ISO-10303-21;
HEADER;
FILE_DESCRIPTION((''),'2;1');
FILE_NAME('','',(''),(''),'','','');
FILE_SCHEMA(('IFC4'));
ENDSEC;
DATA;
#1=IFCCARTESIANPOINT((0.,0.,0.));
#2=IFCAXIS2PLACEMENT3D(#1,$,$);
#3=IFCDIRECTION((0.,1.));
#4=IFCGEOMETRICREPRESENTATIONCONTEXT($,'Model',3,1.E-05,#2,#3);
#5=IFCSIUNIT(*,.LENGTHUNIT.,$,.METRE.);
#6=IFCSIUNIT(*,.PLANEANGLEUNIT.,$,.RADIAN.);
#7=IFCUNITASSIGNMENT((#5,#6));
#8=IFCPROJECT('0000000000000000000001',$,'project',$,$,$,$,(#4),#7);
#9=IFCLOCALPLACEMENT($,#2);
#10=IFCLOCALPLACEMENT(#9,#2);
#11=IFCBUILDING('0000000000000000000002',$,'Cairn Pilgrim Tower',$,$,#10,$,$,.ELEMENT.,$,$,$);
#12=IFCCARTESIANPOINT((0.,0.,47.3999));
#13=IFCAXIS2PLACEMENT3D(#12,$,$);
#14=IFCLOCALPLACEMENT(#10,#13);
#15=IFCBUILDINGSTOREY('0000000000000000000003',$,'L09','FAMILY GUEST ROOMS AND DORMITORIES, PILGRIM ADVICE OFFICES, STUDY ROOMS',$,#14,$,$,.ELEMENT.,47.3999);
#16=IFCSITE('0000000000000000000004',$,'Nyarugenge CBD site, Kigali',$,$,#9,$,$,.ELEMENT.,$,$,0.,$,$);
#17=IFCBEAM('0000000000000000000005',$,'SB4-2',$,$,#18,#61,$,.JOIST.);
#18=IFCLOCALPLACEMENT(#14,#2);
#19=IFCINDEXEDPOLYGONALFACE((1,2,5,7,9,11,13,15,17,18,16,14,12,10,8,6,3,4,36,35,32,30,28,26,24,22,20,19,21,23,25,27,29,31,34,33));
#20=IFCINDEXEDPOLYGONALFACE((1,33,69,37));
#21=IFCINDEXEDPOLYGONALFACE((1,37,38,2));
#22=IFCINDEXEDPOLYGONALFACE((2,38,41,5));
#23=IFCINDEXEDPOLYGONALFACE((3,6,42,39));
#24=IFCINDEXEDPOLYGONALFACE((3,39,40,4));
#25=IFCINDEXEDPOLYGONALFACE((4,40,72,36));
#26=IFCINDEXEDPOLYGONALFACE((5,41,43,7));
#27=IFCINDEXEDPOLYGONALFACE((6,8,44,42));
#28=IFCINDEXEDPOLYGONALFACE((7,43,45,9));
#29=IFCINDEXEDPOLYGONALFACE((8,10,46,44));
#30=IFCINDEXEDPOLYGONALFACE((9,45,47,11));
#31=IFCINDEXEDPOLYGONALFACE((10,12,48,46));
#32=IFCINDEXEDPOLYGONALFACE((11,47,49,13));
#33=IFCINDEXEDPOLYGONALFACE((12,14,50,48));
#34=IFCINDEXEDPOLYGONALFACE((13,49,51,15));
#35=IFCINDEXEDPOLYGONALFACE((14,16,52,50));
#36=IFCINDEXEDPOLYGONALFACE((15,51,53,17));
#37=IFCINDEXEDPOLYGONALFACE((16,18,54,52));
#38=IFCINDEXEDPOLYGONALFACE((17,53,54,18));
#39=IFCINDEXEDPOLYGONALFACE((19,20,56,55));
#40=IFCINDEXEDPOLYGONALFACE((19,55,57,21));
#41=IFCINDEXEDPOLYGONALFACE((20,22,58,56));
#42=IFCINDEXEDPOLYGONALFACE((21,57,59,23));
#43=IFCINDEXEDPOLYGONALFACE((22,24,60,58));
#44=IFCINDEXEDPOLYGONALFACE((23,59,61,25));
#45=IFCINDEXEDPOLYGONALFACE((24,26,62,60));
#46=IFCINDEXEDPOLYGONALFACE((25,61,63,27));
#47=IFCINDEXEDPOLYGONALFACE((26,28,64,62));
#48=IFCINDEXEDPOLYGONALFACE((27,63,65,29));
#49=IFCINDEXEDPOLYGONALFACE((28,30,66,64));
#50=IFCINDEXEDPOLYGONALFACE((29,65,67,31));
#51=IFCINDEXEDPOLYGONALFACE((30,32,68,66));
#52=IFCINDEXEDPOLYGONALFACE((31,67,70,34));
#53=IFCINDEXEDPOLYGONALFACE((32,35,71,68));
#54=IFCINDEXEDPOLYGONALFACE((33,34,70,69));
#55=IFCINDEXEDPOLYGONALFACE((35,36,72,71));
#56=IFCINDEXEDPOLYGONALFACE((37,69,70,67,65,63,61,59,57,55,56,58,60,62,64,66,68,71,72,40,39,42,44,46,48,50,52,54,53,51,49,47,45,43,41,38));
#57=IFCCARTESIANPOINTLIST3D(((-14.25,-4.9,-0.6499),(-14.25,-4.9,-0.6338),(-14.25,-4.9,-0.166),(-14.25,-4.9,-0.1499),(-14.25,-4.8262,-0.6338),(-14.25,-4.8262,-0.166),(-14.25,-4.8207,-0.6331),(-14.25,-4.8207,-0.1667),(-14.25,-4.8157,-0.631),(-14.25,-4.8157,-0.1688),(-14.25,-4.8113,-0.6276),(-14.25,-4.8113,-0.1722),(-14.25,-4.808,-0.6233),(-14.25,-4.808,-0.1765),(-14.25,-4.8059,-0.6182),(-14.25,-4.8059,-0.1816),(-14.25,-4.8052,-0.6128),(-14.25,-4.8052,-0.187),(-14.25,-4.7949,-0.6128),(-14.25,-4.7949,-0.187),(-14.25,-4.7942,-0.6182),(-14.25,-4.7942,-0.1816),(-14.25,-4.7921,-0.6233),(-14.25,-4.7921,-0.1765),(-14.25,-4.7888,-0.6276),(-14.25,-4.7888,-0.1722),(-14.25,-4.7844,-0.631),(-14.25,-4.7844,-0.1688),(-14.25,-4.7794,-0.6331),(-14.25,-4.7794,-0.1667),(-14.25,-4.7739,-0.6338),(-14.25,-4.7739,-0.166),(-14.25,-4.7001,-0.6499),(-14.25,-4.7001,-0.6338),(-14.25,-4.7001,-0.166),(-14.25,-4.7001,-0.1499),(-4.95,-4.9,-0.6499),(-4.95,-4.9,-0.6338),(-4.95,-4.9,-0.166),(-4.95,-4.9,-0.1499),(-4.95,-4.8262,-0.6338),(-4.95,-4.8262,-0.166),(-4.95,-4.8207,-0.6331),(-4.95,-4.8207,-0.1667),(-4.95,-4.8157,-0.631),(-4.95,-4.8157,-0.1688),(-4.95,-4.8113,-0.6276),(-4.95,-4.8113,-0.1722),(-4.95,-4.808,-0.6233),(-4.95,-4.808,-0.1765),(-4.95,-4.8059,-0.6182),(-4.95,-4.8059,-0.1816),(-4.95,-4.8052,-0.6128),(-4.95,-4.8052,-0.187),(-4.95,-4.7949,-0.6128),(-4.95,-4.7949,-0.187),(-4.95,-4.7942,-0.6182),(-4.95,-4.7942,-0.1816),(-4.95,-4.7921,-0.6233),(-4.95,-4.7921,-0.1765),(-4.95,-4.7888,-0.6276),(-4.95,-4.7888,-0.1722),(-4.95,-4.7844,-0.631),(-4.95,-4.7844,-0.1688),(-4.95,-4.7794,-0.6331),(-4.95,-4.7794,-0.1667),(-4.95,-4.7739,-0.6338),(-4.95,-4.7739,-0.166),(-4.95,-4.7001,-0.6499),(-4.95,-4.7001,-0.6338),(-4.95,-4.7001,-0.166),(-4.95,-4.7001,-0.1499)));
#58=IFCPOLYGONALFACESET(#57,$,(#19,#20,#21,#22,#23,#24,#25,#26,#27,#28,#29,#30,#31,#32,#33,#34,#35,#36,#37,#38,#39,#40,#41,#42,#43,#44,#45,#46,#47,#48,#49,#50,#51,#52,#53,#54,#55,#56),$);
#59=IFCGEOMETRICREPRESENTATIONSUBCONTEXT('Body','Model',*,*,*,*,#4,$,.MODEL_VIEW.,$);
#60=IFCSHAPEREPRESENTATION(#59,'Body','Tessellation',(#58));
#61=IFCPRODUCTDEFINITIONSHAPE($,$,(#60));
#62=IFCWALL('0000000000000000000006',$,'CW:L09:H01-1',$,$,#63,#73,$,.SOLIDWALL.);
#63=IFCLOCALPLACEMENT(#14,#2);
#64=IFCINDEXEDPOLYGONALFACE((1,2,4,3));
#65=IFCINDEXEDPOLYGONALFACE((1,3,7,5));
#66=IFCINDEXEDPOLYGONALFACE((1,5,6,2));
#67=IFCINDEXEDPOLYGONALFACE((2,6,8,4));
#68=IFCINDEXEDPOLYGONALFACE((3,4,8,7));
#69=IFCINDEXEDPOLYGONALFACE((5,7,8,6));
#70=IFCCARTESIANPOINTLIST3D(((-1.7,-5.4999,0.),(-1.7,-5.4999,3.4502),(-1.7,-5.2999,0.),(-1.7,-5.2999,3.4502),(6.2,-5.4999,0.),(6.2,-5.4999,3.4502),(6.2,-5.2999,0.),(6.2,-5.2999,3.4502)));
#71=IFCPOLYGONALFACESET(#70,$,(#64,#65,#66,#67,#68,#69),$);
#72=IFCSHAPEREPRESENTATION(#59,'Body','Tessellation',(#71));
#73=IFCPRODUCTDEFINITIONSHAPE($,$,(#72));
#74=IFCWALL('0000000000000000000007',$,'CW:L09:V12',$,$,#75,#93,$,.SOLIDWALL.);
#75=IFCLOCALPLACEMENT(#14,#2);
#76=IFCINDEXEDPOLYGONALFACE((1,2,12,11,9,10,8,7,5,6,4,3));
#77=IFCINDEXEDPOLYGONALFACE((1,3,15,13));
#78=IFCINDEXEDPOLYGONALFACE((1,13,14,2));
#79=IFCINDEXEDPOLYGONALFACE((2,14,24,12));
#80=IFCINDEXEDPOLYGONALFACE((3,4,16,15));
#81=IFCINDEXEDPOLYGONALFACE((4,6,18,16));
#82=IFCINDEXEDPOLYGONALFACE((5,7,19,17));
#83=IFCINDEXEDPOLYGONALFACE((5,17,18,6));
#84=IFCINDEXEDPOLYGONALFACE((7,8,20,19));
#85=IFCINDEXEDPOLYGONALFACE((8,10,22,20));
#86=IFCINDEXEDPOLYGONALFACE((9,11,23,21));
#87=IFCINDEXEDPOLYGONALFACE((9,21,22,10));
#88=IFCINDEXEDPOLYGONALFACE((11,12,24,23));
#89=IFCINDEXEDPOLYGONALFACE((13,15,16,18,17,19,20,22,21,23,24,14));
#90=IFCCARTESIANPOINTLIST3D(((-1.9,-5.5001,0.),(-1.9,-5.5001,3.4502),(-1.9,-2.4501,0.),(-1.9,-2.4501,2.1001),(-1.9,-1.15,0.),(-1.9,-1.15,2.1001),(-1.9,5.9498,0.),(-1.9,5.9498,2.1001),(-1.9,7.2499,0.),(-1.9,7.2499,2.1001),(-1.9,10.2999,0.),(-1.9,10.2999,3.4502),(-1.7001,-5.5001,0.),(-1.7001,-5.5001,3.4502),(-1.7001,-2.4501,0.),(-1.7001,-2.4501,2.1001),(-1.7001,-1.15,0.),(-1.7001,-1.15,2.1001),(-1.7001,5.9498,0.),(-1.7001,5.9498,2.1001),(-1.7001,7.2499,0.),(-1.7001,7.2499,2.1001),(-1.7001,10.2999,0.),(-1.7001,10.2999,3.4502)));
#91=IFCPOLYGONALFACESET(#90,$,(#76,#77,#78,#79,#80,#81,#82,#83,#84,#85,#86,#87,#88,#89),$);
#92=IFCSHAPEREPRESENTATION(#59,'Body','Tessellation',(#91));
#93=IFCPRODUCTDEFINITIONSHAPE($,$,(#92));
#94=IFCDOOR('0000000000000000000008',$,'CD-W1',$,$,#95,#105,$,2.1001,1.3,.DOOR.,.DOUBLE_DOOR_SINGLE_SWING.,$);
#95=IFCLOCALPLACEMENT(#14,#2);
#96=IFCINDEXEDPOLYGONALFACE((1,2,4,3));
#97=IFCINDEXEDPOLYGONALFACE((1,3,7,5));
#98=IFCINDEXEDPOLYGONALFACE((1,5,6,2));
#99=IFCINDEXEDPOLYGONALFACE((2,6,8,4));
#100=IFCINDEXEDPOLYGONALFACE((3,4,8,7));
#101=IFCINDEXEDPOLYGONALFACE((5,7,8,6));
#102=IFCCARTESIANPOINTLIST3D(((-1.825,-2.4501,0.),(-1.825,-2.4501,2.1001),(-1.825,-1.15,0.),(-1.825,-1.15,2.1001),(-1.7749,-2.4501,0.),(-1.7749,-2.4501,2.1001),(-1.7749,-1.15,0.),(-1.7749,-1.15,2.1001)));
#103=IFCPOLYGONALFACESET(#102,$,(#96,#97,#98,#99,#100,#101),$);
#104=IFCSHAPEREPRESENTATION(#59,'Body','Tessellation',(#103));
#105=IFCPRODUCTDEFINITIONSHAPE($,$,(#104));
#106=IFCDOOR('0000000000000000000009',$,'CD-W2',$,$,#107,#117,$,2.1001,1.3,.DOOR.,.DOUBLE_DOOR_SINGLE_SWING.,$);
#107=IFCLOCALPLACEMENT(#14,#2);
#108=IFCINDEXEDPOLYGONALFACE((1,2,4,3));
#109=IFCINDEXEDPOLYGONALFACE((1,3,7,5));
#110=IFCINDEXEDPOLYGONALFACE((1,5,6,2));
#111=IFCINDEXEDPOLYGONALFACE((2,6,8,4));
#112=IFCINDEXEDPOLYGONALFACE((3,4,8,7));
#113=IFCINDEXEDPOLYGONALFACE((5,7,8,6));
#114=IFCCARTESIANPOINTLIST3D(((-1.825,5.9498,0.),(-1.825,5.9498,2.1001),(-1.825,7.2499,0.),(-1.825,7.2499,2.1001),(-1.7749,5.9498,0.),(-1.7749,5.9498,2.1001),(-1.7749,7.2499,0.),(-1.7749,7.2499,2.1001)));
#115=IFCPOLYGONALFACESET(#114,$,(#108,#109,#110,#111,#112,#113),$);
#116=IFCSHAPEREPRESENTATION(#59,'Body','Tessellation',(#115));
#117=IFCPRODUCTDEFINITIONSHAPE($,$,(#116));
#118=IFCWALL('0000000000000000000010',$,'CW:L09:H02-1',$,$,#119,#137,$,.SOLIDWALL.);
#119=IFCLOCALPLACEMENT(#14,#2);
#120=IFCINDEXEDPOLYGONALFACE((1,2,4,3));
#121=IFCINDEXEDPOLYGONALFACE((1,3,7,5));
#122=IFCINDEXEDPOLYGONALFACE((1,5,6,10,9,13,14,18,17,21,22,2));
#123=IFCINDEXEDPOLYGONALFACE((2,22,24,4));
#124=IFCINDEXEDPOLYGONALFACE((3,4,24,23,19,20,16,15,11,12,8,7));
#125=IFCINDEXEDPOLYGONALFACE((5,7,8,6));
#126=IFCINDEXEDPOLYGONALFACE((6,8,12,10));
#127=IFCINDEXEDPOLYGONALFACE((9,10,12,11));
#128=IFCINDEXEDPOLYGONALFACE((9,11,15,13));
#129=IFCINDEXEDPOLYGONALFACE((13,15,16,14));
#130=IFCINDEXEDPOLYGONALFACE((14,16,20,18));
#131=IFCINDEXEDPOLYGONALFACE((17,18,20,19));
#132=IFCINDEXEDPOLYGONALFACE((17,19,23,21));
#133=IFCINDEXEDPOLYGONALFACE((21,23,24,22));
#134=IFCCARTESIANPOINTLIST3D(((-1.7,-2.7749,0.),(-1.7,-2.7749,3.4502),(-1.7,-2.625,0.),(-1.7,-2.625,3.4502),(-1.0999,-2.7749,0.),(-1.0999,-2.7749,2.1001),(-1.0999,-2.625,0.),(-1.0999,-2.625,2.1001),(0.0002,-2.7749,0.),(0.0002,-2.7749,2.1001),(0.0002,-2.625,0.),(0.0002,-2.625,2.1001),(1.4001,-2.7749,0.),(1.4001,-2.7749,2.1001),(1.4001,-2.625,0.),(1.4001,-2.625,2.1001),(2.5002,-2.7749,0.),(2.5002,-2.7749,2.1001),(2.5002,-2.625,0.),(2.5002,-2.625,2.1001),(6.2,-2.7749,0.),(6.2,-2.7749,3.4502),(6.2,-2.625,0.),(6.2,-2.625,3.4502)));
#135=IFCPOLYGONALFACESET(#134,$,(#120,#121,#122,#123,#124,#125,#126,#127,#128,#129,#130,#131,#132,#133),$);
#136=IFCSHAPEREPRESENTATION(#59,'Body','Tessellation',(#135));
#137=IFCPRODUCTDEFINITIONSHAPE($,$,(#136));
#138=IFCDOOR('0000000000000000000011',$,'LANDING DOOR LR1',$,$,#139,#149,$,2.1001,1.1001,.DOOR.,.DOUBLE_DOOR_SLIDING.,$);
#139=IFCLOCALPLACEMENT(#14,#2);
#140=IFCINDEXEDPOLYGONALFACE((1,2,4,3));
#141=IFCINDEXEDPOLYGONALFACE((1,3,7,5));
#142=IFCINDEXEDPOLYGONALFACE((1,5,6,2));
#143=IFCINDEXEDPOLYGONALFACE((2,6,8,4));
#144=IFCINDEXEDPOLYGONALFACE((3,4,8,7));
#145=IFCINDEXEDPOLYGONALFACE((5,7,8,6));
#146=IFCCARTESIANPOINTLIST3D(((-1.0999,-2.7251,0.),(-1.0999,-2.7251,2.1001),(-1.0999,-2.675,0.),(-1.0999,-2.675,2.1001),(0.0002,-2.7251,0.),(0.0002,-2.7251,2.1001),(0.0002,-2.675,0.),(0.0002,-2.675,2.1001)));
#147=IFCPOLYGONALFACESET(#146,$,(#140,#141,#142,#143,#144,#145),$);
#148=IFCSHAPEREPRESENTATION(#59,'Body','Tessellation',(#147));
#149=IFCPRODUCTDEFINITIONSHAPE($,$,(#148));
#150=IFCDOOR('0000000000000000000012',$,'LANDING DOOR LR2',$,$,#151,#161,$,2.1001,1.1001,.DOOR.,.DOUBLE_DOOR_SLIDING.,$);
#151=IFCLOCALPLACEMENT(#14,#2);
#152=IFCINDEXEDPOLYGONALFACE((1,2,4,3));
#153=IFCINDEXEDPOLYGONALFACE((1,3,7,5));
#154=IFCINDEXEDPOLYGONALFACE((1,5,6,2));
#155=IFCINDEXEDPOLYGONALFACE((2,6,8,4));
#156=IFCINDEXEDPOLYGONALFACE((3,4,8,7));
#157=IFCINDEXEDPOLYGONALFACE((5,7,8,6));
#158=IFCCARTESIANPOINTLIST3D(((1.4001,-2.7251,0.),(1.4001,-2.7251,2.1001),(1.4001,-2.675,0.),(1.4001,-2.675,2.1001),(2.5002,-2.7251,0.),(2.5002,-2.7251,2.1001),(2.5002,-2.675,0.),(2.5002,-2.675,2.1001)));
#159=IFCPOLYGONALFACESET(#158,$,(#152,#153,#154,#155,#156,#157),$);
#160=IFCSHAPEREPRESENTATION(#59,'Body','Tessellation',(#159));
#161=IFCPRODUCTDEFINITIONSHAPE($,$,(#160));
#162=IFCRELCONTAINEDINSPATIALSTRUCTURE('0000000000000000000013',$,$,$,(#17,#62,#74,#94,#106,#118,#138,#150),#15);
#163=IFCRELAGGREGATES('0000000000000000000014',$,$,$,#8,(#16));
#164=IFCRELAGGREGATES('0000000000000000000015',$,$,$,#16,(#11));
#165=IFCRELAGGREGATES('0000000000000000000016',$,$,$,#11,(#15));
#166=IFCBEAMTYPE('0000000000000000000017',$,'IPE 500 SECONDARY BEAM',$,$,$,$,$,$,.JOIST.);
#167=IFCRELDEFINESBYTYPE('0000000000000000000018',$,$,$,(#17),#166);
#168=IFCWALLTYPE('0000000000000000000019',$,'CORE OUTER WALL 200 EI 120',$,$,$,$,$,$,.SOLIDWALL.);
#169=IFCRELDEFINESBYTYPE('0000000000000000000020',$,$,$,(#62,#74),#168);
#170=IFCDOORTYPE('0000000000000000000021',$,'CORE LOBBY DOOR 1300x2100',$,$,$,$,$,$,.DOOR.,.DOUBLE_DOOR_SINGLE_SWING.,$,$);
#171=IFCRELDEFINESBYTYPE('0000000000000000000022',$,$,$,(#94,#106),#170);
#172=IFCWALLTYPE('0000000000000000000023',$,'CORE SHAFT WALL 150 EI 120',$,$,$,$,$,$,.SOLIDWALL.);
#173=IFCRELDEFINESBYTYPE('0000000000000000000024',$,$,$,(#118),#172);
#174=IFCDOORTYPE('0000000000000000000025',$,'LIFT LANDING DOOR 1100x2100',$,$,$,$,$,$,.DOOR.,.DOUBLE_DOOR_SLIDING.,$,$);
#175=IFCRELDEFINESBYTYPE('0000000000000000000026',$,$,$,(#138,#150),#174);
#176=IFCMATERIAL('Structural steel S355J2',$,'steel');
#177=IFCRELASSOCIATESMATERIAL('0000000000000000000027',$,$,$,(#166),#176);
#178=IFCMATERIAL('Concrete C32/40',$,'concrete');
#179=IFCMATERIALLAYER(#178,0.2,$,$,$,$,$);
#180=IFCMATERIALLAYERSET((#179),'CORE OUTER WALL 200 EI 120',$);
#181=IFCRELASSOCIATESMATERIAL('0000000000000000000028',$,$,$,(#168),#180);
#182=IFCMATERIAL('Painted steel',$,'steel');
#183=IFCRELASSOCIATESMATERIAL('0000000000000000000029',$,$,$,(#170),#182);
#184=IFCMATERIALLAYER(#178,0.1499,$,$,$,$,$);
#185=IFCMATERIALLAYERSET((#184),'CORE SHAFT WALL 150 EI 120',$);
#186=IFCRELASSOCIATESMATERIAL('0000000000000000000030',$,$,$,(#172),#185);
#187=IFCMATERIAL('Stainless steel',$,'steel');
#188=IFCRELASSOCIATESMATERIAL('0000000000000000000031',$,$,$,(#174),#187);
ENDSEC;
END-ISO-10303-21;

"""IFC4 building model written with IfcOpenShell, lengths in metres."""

from ifc_helpers import new_model, si_unit, direction, frame, frame_2d, origin, origin_2d, place, context, subcontext, project, spatial, rectangle, i_section, extrude, material, layer, layer_set, material_profile, profile_set, type_object, element, fill, save


model = new_model("IFC4")

# Units and contexts
model_context = context("Model", 3, precision=1e-05, world=origin(), true_north=direction((0.0, 1.0)))
body_context = subcontext(model_context, "Body", "Model", "MODEL_VIEW")
ifc_project = project(units=[si_unit("LENGTHUNIT", "METRE"), si_unit("PLANEANGLEUNIT", "RADIAN")], contexts=[model_context])

# Site, building, storey
site_placement = place(None, origin())
site = spatial("IfcSite", under=ifc_project, at=site_placement, Name="Nyarugenge CBD site, Kigali", CompositionType="ELEMENT", RefElevation=0.0)
building_placement = place(site_placement, origin())
building = spatial("IfcBuilding", under=site, at=building_placement, Name="Cairn Pilgrim Tower", CompositionType="ELEMENT")
storey_placement = place(building_placement, frame((0.0, 0.0, 47.3999)))
storey = spatial("IfcBuildingStorey", under=building, at=storey_placement, Name="L09", Description="FAMILY GUEST ROOMS AND DORMITORIES, PILGRIM ADVICE OFFICES, STUDY ROOMS", CompositionType="ELEMENT", Elevation=47.3999)

# Beam
ifc_material_1 = material(Name="Structural steel S355J2", Category="steel")
ifc_material_profile_1 = material_profile(ifc_material_1, i_section(OverallWidth=0.2, OverallDepth=0.5, WebThickness=0.0103, FlangeThickness=0.0161, FilletRadius=0.021, at=origin_2d()), Name="IPE 500")
ifc_profile_set_1 = profile_set([ifc_material_profile_1], Name="Structural steel S355J2")
beam_type_1 = type_object("IfcBeamType", Name="IPE 500 SECONDARY BEAM", PredefinedType="JOIST", material=ifc_profile_set_1)
beam_1_placement = place(storey_placement, frame((-14.25, -4.8, -0.3999), z_axis=(1.0, 0.0, 0.0), x_axis=(0.0, 1.0, 0.0)))
element("IfcBeam", 1, at=beam_1_placement, inside=storey, type_object=beam_type_1, Name="SB4-2", PredefinedType="JOIST", context=body_context, shape_type="SweptSolid", body=[
    extrude(i_section(OverallWidth=0.2, OverallDepth=0.5, WebThickness=0.0103, FlangeThickness=0.0161, FilletRadius=0.021, at=origin_2d()), origin(), (0.0, 0.0, 1.0), 9.3),
])

# Wall
ifc_material_2 = material(Name="Concrete C32/40", Category="concrete")
ifc_layer_1 = layer(ifc_material_2, 0.2)
ifc_layer_set_1 = layer_set([ifc_layer_1], Name="CORE OUTER WALL 200 EI 120")
wall_type_1 = type_object("IfcWallType", Name="CORE OUTER WALL 200 EI 120", PredefinedType="SOLIDWALL", material=ifc_layer_set_1)
wall_1_placement = place(storey_placement, frame((-1.7, -5.3999, 0.0), z_axis=(0.0, 0.0, 1.0), x_axis=(1.0, 0.0, 0.0)))
element("IfcWall", 2, at=wall_1_placement, inside=storey, type_object=wall_type_1, Name="CW:L09:H01-1", PredefinedType="SOLIDWALL", context=body_context, shape_type="SweptSolid", body=[
    extrude(rectangle(XDim=7.8999, YDim=0.2, at=frame_2d((3.95, 0.0))), origin(), (0.0, 0.0, 1.0), 3.4502),
])

# Walls, openings, doors
wall_2_placement = place(storey_placement, frame((-1.8, -5.5, 0.0), z_axis=(0.0, 0.0, 1.0), x_axis=(0.0, 1.0, 0.0)))
wall_2 = element("IfcWall", 3, at=wall_2_placement, inside=storey, type_object=wall_type_1, Name="CW:L09:V12", PredefinedType="SOLIDWALL", context=body_context, shape_type="SweptSolid", body=[
    extrude(rectangle(XDim=15.8, YDim=0.2, at=frame_2d((7.8999, 0.0))), origin(), (0.0, 0.0, 1.0), 3.4502),
])
opening_1_placement = place(wall_2_placement, frame((3.05, 0.0, 0.0)))
opening_1 = element("IfcOpeningElement", 4, at=opening_1_placement, cuts=wall_2, PredefinedType="OPENING", context=body_context, shape_type="SweptSolid", body=[
    extrude(rectangle(XDim=1.3, YDim=2.1001, at=frame_2d((0.6499, 1.05))), frame((0.0, 0.1099, 0.0), z_axis=(0.0, -1.0, 0.0), x_axis=(1.0, 0.0, 0.0)), (0.0, 0.0, 1.0), 0.22),
])
opening_2_placement = place(wall_2_placement, frame((11.45, 0.0, 0.0)))
opening_2 = element("IfcOpeningElement", 5, at=opening_2_placement, cuts=wall_2, PredefinedType="OPENING", context=body_context, shape_type="SweptSolid", body=[
    extrude(rectangle(XDim=1.3, YDim=2.1001, at=frame_2d((0.6499, 1.05))), frame((0.0, 0.1099, 0.0), z_axis=(0.0, -1.0, 0.0), x_axis=(1.0, 0.0, 0.0)), (0.0, 0.0, 1.0), 0.22),
])
ifc_material_3 = material(Name="Painted steel", Category="steel")
door_type_1 = type_object("IfcDoorType", Name="CORE LOBBY DOOR 1300x2100", OperationType="DOUBLE_DOOR_SINGLE_SWING", PredefinedType="DOOR", material=ifc_material_3)
door_1_placement = place(opening_1_placement, origin())
door_1 = element("IfcDoor", 6, at=door_1_placement, inside=storey, type_object=door_type_1, Name="CD-W1", OperationType="DOUBLE_DOOR_SINGLE_SWING", OverallHeight=2.1001, OverallWidth=1.3, PredefinedType="DOOR", context=body_context, shape_type="SweptSolid", body=[
    extrude(rectangle(XDim=1.3, YDim=2.1001, at=frame_2d((0.6499, 1.05))), frame((0.0, 0.0249, 0.0), z_axis=(0.0, -1.0, 0.0), x_axis=(1.0, 0.0, 0.0)), (0.0, 0.0, 1.0), 0.05),
])
fill(opening_1, door_1)
door_2_placement = place(opening_2_placement, origin())
door_2 = element("IfcDoor", 7, at=door_2_placement, inside=storey, type_object=door_type_1, Name="CD-W2", OperationType="DOUBLE_DOOR_SINGLE_SWING", OverallHeight=2.1001, OverallWidth=1.3, PredefinedType="DOOR", context=body_context, shape_type="SweptSolid", body=[
    extrude(rectangle(XDim=1.3, YDim=2.1001, at=frame_2d((0.6499, 1.05))), frame((0.0, 0.0249, 0.0), z_axis=(0.0, -1.0, 0.0), x_axis=(1.0, 0.0, 0.0)), (0.0, 0.0, 1.0), 0.05),
])
fill(opening_2, door_2)
ifc_layer_2 = layer(ifc_material_2, 0.1499)
ifc_layer_set_2 = layer_set([ifc_layer_2], Name="CORE SHAFT WALL 150 EI 120")
wall_type_2 = type_object("IfcWallType", Name="CORE SHAFT WALL 150 EI 120", PredefinedType="SOLIDWALL", material=ifc_layer_set_2)
wall_3_placement = place(storey_placement, frame((-1.7, -2.7, 0.0), z_axis=(0.0, 0.0, 1.0), x_axis=(1.0, 0.0, 0.0)))
wall_3 = element("IfcWall", 8, at=wall_3_placement, inside=storey, type_object=wall_type_2, Name="CW:L09:H02-1", PredefinedType="SOLIDWALL", context=body_context, shape_type="SweptSolid", body=[
    extrude(rectangle(XDim=7.8999, YDim=0.1499, at=frame_2d((3.95, 0.0))), origin(), (0.0, 0.0, 1.0), 3.4502),
])
opening_3_placement = place(wall_3_placement, frame((0.6001, 0.0, 0.0)))
opening_3 = element("IfcOpeningElement", 9, at=opening_3_placement, cuts=wall_3, PredefinedType="OPENING", context=body_context, shape_type="SweptSolid", body=[
    extrude(rectangle(XDim=1.1001, YDim=2.1001, at=frame_2d((0.55, 1.05))), frame((0.0, 0.085, 0.0), z_axis=(0.0, -1.0, 0.0), x_axis=(1.0, 0.0, 0.0)), (0.0, 0.0, 1.0), 0.1699),
])
opening_4_placement = place(wall_3_placement, frame((3.1001, 0.0, 0.0)))
opening_4 = element("IfcOpeningElement", 10, at=opening_4_placement, cuts=wall_3, PredefinedType="OPENING", context=body_context, shape_type="SweptSolid", body=[
    extrude(rectangle(XDim=1.1001, YDim=2.1001, at=frame_2d((0.55, 1.05))), frame((0.0, 0.085, 0.0), z_axis=(0.0, -1.0, 0.0), x_axis=(1.0, 0.0, 0.0)), (0.0, 0.0, 1.0), 0.1699),
])
ifc_material_4 = material(Name="Stainless steel", Category="steel")
door_type_2 = type_object("IfcDoorType", Name="LIFT LANDING DOOR 1100x2100", OperationType="DOUBLE_DOOR_SLIDING", PredefinedType="DOOR", material=ifc_material_4)
door_3_placement = place(opening_3_placement, origin())
door_3 = element("IfcDoor", 11, at=door_3_placement, inside=storey, type_object=door_type_2, Name="LANDING DOOR LR1", OperationType="DOUBLE_DOOR_SLIDING", OverallHeight=2.1001, OverallWidth=1.1001, PredefinedType="DOOR", context=body_context, shape_type="SweptSolid", body=[
    extrude(rectangle(XDim=1.1001, YDim=2.1001, at=frame_2d((0.55, 1.05))), frame((0.0, 0.0249, 0.0), z_axis=(0.0, -1.0, 0.0), x_axis=(1.0, 0.0, 0.0)), (0.0, 0.0, 1.0), 0.05),
])
fill(opening_3, door_3)
door_4_placement = place(opening_4_placement, origin())
door_4 = element("IfcDoor", 12, at=door_4_placement, inside=storey, type_object=door_type_2, Name="LANDING DOOR LR2", OperationType="DOUBLE_DOOR_SLIDING", OverallHeight=2.1001, OverallWidth=1.1001, PredefinedType="DOOR", context=body_context, shape_type="SweptSolid", body=[
    extrude(rectangle(XDim=1.1001, YDim=2.1001, at=frame_2d((0.55, 1.05))), frame((0.0, 0.0249, 0.0), z_axis=(0.0, -1.0, 0.0), x_axis=(1.0, 0.0, 0.0)), (0.0, 0.0, 1.0), 0.05),
])
fill(opening_4, door_4)

save(model, "model.ifc")
